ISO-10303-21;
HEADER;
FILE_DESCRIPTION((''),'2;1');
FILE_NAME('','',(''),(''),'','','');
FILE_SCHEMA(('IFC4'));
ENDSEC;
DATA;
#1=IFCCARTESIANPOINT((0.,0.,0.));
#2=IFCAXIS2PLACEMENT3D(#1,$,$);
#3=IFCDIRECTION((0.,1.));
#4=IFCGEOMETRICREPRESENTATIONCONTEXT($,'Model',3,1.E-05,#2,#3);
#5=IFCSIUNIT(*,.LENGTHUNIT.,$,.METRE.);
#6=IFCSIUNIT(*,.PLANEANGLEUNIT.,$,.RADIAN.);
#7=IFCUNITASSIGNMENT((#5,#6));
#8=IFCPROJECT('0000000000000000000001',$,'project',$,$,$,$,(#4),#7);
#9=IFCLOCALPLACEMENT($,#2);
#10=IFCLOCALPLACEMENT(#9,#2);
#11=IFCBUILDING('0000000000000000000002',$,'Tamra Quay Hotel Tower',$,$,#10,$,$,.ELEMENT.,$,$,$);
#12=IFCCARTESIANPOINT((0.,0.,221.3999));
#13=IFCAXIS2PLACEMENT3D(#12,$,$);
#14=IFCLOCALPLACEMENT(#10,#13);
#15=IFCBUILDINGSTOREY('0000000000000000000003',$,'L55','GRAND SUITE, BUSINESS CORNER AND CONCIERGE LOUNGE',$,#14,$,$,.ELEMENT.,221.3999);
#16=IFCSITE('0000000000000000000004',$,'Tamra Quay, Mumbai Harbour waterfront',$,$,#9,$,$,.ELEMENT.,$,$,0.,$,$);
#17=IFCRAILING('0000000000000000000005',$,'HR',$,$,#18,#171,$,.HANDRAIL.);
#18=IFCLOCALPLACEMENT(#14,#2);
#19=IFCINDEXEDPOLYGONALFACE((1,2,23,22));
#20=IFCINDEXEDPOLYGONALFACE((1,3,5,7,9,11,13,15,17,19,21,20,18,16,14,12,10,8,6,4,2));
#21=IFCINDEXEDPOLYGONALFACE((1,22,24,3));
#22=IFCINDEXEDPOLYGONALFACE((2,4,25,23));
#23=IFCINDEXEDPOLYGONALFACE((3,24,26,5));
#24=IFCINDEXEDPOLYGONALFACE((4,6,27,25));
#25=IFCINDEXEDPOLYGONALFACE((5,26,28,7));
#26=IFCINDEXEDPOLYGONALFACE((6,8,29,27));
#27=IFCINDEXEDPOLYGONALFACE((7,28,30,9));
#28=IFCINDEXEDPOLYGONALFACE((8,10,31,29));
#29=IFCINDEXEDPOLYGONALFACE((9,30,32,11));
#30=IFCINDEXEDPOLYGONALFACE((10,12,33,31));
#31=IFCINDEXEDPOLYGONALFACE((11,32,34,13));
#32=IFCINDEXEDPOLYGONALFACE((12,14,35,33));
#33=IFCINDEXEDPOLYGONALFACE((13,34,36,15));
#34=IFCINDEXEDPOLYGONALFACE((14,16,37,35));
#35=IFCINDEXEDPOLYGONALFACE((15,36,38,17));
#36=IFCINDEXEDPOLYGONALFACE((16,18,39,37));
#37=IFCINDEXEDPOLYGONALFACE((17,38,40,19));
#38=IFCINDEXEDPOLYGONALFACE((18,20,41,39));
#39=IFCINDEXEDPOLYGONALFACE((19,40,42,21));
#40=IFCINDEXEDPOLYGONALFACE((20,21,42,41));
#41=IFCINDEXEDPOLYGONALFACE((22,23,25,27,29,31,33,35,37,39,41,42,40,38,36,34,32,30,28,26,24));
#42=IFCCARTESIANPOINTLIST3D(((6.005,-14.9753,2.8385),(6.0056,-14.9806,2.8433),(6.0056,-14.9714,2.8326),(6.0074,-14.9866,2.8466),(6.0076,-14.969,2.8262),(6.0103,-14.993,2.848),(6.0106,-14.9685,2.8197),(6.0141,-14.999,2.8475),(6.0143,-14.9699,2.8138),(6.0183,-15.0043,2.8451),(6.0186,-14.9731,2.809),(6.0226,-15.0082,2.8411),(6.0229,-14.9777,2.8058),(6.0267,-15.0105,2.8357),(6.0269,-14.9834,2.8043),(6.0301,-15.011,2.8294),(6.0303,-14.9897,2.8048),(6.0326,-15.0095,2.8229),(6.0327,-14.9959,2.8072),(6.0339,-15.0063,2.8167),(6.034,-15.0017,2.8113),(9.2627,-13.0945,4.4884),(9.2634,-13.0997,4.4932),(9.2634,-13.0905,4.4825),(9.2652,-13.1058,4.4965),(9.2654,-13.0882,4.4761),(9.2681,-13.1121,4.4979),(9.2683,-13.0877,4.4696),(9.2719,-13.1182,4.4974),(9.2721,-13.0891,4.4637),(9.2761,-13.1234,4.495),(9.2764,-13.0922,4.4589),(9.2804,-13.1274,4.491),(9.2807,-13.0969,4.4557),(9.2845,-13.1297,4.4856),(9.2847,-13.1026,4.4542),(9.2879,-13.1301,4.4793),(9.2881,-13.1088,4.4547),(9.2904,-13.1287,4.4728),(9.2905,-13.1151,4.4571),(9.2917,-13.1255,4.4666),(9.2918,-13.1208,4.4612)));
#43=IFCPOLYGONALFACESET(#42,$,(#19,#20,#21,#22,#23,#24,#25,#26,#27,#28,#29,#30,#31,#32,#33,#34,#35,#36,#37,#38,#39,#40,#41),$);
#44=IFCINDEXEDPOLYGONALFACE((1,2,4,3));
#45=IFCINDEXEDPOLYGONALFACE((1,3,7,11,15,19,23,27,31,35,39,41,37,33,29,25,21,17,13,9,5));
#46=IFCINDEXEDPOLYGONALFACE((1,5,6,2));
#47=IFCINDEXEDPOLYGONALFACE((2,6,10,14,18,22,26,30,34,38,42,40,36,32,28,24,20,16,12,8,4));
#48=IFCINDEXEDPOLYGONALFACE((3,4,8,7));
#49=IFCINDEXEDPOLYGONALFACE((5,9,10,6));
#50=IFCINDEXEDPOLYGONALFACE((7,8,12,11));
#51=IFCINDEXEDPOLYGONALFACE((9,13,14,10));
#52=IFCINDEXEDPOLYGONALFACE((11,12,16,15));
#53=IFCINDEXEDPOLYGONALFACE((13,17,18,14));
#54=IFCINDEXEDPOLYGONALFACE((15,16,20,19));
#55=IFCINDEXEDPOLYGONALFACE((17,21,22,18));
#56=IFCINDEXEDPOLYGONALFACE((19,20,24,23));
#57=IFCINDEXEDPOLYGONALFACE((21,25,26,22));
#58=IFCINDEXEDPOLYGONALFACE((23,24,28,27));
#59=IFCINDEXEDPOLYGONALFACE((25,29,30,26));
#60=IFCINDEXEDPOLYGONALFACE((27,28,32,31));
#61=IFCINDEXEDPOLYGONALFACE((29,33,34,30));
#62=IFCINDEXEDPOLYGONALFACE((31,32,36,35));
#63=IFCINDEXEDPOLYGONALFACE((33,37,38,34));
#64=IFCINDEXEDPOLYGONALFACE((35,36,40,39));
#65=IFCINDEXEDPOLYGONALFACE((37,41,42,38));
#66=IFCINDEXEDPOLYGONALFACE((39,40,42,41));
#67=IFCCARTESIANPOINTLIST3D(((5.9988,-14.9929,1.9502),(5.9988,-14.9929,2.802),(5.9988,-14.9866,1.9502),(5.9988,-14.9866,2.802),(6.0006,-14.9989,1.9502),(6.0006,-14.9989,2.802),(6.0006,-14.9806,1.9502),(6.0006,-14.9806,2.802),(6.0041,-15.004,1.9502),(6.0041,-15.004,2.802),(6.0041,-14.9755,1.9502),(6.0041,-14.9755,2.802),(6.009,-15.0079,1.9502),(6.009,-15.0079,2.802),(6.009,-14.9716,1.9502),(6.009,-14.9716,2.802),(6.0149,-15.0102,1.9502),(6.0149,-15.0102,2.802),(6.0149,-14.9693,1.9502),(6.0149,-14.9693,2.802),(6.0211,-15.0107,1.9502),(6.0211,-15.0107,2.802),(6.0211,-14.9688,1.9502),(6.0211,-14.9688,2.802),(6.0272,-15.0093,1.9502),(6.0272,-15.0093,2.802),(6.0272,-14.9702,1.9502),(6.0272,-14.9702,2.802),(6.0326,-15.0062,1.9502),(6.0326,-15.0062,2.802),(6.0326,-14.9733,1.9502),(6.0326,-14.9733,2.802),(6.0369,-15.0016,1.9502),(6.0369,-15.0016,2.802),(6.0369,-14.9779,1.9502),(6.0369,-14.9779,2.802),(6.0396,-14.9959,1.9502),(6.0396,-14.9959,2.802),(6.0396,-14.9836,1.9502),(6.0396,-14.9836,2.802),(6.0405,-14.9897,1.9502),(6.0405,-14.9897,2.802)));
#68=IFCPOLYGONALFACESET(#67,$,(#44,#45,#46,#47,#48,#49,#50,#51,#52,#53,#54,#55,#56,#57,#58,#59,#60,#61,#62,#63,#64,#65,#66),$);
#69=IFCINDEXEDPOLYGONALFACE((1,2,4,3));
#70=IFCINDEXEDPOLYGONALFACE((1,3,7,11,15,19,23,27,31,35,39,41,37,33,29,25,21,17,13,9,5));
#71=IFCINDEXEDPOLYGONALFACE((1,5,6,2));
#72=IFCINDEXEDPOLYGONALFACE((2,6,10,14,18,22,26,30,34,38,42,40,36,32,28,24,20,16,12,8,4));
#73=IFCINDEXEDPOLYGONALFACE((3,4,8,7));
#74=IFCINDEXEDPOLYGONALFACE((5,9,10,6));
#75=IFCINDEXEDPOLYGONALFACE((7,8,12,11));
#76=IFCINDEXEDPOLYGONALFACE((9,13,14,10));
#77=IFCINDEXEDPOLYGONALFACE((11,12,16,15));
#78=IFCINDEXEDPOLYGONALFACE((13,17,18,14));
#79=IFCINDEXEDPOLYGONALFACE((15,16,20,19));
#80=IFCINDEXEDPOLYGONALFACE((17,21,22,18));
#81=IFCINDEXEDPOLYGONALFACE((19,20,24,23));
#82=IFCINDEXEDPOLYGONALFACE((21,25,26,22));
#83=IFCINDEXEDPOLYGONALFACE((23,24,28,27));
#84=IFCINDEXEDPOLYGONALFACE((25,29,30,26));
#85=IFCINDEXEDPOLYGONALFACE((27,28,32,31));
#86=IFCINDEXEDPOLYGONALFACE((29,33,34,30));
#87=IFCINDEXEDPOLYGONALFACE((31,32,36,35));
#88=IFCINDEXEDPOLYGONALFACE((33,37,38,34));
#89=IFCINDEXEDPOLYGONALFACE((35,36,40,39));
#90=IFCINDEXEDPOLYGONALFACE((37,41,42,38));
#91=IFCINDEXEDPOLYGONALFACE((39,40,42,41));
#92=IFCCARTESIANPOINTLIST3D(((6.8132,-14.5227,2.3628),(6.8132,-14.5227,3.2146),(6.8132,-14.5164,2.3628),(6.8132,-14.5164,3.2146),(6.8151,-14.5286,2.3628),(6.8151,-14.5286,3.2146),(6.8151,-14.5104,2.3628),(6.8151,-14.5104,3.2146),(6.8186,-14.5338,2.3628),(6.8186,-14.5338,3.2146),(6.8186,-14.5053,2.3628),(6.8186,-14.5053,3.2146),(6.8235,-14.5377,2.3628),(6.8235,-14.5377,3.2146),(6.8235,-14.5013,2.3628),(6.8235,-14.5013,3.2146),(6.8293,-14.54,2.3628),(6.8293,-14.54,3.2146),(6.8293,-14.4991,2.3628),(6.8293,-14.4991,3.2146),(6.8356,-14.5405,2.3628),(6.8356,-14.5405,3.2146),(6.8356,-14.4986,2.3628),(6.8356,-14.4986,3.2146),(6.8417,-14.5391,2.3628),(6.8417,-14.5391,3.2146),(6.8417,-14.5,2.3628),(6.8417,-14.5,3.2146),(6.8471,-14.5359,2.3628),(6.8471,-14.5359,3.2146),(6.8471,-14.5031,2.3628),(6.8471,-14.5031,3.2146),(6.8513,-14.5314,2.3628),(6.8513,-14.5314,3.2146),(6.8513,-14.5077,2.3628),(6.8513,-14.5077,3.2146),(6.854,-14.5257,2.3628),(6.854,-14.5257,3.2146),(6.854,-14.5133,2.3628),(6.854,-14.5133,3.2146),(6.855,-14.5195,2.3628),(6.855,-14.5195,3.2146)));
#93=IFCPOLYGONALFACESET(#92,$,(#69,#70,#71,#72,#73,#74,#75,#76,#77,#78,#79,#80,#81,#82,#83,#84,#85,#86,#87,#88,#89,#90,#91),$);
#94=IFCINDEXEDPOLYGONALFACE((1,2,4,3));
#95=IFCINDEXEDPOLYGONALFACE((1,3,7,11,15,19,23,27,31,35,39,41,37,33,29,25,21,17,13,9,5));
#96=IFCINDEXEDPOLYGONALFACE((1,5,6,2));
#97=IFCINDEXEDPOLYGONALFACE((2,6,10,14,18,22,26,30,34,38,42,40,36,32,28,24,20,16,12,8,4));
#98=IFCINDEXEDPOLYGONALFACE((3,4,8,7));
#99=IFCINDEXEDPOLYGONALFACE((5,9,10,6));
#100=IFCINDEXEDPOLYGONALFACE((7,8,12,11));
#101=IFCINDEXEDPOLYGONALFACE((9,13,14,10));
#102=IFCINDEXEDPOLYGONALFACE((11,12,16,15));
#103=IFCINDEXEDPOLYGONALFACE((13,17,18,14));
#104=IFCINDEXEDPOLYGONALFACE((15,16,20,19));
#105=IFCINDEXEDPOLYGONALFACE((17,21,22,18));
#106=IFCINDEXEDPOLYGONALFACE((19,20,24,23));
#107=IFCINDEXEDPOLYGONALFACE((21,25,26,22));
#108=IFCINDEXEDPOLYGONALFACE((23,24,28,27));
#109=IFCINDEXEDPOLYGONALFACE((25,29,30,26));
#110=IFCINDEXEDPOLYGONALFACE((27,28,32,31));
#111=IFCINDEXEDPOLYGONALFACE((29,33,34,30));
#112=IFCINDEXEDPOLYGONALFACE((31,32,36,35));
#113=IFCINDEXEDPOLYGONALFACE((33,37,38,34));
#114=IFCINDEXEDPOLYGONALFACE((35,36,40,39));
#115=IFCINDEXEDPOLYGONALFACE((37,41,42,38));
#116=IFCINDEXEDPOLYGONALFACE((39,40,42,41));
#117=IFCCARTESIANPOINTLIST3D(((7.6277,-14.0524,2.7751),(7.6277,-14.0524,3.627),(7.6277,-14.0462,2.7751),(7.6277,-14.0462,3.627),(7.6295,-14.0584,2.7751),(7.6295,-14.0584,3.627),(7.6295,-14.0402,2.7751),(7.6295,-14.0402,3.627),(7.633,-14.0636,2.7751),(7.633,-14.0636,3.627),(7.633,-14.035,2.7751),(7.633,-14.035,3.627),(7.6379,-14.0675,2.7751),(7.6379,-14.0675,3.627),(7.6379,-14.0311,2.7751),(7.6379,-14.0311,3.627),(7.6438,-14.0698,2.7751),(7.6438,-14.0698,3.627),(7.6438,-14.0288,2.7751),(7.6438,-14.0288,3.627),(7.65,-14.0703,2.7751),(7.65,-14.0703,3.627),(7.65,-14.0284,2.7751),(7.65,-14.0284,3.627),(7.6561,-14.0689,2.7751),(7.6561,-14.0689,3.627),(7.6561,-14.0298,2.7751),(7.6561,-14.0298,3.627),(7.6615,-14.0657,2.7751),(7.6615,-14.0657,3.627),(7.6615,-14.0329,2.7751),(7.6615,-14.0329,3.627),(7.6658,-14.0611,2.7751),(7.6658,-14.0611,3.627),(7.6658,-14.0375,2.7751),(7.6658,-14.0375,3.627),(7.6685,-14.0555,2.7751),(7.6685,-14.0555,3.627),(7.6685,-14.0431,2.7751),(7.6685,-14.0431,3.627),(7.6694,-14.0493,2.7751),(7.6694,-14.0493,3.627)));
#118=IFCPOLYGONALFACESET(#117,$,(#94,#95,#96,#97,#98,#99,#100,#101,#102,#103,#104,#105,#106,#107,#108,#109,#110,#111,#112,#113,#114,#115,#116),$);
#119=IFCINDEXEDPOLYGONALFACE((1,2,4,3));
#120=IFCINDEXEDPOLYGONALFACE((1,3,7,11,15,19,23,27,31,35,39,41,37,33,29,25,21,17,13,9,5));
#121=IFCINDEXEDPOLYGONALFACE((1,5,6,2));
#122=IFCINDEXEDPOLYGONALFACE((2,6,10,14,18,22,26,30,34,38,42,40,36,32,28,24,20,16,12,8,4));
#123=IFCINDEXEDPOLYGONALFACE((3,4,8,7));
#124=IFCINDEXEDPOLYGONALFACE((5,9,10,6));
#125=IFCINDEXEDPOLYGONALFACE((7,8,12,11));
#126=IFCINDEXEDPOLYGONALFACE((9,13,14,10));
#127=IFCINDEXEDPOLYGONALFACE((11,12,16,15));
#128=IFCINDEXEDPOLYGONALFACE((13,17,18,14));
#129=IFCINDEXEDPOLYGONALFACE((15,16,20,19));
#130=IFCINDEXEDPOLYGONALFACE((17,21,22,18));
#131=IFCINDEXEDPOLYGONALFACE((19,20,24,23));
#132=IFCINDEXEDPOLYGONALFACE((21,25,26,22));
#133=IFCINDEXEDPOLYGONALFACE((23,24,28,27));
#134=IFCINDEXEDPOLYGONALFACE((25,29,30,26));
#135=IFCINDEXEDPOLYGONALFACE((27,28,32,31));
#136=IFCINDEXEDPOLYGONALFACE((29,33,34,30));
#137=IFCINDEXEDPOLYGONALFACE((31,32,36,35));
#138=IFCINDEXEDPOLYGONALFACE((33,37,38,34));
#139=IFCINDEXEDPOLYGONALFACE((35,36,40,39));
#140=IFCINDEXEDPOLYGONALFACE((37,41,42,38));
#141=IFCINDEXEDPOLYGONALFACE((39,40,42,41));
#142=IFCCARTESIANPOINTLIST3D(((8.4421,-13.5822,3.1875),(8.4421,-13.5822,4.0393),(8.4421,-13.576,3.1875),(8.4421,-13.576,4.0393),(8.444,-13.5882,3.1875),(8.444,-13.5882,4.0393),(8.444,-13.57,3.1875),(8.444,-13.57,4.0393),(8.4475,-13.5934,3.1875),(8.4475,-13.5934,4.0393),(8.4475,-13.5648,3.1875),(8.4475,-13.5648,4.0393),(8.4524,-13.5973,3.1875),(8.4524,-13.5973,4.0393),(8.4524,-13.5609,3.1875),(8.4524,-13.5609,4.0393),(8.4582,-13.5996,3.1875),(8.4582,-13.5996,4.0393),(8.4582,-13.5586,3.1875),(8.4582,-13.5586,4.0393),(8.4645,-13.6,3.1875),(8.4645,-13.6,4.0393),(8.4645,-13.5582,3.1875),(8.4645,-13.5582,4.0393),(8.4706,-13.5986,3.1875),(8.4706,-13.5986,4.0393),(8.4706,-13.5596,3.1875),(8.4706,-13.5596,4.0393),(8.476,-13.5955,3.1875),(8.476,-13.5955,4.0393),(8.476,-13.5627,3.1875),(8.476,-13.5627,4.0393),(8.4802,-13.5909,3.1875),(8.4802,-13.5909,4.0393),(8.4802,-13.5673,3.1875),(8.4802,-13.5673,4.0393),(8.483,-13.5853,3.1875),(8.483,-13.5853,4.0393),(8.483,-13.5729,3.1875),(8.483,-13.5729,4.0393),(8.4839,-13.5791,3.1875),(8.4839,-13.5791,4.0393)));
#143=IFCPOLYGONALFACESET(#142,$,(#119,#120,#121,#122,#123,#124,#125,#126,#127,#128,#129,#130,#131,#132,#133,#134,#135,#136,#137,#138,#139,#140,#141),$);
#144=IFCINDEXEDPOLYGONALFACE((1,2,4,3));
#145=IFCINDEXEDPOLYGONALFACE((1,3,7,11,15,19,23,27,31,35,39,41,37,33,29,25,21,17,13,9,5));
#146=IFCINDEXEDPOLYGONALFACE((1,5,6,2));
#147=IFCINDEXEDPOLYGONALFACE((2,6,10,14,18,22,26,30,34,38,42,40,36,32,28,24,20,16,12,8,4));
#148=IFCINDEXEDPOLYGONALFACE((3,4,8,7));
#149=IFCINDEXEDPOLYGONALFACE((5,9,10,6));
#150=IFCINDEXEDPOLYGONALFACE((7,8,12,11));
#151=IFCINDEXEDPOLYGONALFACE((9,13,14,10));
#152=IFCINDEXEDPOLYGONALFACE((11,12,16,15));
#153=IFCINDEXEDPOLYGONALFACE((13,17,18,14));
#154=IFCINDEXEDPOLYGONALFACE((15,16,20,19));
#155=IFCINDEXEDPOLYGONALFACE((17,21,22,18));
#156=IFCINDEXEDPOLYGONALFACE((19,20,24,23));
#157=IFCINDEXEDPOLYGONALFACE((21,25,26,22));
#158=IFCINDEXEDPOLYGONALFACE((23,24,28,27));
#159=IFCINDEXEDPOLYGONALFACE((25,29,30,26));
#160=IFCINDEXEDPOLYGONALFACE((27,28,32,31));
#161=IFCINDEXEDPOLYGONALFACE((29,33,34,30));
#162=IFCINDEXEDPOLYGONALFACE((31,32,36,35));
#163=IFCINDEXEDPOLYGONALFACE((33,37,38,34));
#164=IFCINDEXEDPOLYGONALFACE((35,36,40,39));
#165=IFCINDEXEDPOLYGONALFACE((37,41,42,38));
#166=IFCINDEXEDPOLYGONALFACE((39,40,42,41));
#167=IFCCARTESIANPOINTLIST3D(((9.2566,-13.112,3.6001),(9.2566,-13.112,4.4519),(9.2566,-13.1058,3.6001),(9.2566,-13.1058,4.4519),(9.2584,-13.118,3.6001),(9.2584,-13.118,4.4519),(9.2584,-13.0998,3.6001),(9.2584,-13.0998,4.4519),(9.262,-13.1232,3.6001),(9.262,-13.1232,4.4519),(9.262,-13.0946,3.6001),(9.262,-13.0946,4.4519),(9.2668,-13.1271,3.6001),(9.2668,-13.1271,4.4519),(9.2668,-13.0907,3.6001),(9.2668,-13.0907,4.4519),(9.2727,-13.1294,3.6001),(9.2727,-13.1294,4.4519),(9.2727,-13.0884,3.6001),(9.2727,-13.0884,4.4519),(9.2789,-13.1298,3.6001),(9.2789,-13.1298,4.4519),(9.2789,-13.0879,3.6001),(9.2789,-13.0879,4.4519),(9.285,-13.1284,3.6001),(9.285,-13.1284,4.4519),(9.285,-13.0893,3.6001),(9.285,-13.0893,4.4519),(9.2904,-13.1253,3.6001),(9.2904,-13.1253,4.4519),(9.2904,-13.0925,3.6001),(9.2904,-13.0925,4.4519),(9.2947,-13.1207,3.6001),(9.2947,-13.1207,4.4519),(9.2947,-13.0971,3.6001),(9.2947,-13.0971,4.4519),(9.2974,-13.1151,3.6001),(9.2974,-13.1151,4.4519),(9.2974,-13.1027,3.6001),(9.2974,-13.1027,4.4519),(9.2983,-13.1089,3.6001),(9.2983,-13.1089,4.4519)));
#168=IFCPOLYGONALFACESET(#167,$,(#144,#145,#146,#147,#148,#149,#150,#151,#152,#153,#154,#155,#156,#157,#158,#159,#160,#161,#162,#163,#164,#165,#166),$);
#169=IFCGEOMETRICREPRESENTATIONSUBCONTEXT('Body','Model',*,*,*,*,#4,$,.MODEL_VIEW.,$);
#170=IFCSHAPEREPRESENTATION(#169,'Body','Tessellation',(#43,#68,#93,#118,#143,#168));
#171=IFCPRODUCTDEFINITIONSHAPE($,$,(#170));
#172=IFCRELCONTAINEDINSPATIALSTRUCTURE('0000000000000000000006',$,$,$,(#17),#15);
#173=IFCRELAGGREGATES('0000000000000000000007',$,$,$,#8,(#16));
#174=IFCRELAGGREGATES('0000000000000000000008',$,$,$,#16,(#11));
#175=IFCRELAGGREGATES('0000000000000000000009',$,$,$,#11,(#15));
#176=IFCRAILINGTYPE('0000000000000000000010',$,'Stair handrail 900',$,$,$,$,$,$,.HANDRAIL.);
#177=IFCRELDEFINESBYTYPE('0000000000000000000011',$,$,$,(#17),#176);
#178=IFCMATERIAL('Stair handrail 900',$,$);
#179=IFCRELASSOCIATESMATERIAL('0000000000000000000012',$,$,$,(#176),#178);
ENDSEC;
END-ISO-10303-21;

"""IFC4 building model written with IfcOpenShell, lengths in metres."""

from ifc_helpers import new_model, si_unit, direction, frame, origin, origin_2d, place, context, subcontext, project, spatial, circle, extrude, material, type_object, element, save


model = new_model("IFC4")

# Units and contexts
model_context = context("Model", 3, precision=1e-05, world=origin(), true_north=direction((0.0, 1.0)))
body_context = subcontext(model_context, "Body", "Model", "MODEL_VIEW")
ifc_project = project(units=[si_unit("LENGTHUNIT", "METRE"), si_unit("PLANEANGLEUNIT", "RADIAN")], contexts=[model_context])

# Site, building, storey
site_placement = place(None, origin())
site = spatial("IfcSite", under=ifc_project, at=site_placement, Name="Tamra Quay, Mumbai Harbour waterfront", CompositionType="ELEMENT", RefElevation=0.0)
building_placement = place(site_placement, origin())
building = spatial("IfcBuilding", under=site, at=building_placement, Name="Tamra Quay Hotel Tower", CompositionType="ELEMENT")
storey_placement = place(building_placement, frame((0.0, 0.0, 221.3999)))
storey = spatial("IfcBuildingStorey", under=building, at=storey_placement, Name="L55", Description="GRAND SUITE, BUSINESS CORNER AND CONCIERGE LOUNGE", CompositionType="ELEMENT", Elevation=221.3999)

# Railing
ifc_material_1 = material(Name="Stair handrail 900")
railing_type_1 = type_object("IfcRailingType", Name="Stair handrail 900", PredefinedType="HANDRAIL", material=ifc_material_1)
railing_1_placement = place(storey_placement, frame((6.0195, -14.9897, 1.9502)))
element("IfcRailing", 1, at=railing_1_placement, inside=storey, type_object=railing_type_1, Name="HR", PredefinedType="HANDRAIL", context=body_context, shape_type="SweptSolid", body=[
    extrude(circle(Radius=0.0239, at=origin_2d()), frame((0.0, 0.0, 0.876), z_axis=(0.7931, 0.457887, 0.401661), x_axis=(-0.499992, 0.86603, 0.0)), (0.0, 0.0, 1.0), 4.1077),
    extrude(circle(Radius=0.021, at=origin_2d()), origin(), (0.0, 0.0, 1.0), 0.8518),
    extrude(circle(Radius=0.021, at=origin_2d()), frame((0.8145, 0.4702, 0.4126)), (0.0, 0.0, 1.0), 0.8518),
    extrude(circle(Radius=0.021, at=origin_2d()), frame((1.6289, 0.9404, 0.825)), (0.0, 0.0, 1.0), 0.8518),
    extrude(circle(Radius=0.021, at=origin_2d()), frame((2.4434, 1.4106, 1.2373)), (0.0, 0.0, 1.0), 0.8518),
    extrude(circle(Radius=0.021, at=origin_2d()), frame((3.2578, 1.8809, 1.6499)), (0.0, 0.0, 1.0), 0.8518),
])

save(model, "model.ifc")
